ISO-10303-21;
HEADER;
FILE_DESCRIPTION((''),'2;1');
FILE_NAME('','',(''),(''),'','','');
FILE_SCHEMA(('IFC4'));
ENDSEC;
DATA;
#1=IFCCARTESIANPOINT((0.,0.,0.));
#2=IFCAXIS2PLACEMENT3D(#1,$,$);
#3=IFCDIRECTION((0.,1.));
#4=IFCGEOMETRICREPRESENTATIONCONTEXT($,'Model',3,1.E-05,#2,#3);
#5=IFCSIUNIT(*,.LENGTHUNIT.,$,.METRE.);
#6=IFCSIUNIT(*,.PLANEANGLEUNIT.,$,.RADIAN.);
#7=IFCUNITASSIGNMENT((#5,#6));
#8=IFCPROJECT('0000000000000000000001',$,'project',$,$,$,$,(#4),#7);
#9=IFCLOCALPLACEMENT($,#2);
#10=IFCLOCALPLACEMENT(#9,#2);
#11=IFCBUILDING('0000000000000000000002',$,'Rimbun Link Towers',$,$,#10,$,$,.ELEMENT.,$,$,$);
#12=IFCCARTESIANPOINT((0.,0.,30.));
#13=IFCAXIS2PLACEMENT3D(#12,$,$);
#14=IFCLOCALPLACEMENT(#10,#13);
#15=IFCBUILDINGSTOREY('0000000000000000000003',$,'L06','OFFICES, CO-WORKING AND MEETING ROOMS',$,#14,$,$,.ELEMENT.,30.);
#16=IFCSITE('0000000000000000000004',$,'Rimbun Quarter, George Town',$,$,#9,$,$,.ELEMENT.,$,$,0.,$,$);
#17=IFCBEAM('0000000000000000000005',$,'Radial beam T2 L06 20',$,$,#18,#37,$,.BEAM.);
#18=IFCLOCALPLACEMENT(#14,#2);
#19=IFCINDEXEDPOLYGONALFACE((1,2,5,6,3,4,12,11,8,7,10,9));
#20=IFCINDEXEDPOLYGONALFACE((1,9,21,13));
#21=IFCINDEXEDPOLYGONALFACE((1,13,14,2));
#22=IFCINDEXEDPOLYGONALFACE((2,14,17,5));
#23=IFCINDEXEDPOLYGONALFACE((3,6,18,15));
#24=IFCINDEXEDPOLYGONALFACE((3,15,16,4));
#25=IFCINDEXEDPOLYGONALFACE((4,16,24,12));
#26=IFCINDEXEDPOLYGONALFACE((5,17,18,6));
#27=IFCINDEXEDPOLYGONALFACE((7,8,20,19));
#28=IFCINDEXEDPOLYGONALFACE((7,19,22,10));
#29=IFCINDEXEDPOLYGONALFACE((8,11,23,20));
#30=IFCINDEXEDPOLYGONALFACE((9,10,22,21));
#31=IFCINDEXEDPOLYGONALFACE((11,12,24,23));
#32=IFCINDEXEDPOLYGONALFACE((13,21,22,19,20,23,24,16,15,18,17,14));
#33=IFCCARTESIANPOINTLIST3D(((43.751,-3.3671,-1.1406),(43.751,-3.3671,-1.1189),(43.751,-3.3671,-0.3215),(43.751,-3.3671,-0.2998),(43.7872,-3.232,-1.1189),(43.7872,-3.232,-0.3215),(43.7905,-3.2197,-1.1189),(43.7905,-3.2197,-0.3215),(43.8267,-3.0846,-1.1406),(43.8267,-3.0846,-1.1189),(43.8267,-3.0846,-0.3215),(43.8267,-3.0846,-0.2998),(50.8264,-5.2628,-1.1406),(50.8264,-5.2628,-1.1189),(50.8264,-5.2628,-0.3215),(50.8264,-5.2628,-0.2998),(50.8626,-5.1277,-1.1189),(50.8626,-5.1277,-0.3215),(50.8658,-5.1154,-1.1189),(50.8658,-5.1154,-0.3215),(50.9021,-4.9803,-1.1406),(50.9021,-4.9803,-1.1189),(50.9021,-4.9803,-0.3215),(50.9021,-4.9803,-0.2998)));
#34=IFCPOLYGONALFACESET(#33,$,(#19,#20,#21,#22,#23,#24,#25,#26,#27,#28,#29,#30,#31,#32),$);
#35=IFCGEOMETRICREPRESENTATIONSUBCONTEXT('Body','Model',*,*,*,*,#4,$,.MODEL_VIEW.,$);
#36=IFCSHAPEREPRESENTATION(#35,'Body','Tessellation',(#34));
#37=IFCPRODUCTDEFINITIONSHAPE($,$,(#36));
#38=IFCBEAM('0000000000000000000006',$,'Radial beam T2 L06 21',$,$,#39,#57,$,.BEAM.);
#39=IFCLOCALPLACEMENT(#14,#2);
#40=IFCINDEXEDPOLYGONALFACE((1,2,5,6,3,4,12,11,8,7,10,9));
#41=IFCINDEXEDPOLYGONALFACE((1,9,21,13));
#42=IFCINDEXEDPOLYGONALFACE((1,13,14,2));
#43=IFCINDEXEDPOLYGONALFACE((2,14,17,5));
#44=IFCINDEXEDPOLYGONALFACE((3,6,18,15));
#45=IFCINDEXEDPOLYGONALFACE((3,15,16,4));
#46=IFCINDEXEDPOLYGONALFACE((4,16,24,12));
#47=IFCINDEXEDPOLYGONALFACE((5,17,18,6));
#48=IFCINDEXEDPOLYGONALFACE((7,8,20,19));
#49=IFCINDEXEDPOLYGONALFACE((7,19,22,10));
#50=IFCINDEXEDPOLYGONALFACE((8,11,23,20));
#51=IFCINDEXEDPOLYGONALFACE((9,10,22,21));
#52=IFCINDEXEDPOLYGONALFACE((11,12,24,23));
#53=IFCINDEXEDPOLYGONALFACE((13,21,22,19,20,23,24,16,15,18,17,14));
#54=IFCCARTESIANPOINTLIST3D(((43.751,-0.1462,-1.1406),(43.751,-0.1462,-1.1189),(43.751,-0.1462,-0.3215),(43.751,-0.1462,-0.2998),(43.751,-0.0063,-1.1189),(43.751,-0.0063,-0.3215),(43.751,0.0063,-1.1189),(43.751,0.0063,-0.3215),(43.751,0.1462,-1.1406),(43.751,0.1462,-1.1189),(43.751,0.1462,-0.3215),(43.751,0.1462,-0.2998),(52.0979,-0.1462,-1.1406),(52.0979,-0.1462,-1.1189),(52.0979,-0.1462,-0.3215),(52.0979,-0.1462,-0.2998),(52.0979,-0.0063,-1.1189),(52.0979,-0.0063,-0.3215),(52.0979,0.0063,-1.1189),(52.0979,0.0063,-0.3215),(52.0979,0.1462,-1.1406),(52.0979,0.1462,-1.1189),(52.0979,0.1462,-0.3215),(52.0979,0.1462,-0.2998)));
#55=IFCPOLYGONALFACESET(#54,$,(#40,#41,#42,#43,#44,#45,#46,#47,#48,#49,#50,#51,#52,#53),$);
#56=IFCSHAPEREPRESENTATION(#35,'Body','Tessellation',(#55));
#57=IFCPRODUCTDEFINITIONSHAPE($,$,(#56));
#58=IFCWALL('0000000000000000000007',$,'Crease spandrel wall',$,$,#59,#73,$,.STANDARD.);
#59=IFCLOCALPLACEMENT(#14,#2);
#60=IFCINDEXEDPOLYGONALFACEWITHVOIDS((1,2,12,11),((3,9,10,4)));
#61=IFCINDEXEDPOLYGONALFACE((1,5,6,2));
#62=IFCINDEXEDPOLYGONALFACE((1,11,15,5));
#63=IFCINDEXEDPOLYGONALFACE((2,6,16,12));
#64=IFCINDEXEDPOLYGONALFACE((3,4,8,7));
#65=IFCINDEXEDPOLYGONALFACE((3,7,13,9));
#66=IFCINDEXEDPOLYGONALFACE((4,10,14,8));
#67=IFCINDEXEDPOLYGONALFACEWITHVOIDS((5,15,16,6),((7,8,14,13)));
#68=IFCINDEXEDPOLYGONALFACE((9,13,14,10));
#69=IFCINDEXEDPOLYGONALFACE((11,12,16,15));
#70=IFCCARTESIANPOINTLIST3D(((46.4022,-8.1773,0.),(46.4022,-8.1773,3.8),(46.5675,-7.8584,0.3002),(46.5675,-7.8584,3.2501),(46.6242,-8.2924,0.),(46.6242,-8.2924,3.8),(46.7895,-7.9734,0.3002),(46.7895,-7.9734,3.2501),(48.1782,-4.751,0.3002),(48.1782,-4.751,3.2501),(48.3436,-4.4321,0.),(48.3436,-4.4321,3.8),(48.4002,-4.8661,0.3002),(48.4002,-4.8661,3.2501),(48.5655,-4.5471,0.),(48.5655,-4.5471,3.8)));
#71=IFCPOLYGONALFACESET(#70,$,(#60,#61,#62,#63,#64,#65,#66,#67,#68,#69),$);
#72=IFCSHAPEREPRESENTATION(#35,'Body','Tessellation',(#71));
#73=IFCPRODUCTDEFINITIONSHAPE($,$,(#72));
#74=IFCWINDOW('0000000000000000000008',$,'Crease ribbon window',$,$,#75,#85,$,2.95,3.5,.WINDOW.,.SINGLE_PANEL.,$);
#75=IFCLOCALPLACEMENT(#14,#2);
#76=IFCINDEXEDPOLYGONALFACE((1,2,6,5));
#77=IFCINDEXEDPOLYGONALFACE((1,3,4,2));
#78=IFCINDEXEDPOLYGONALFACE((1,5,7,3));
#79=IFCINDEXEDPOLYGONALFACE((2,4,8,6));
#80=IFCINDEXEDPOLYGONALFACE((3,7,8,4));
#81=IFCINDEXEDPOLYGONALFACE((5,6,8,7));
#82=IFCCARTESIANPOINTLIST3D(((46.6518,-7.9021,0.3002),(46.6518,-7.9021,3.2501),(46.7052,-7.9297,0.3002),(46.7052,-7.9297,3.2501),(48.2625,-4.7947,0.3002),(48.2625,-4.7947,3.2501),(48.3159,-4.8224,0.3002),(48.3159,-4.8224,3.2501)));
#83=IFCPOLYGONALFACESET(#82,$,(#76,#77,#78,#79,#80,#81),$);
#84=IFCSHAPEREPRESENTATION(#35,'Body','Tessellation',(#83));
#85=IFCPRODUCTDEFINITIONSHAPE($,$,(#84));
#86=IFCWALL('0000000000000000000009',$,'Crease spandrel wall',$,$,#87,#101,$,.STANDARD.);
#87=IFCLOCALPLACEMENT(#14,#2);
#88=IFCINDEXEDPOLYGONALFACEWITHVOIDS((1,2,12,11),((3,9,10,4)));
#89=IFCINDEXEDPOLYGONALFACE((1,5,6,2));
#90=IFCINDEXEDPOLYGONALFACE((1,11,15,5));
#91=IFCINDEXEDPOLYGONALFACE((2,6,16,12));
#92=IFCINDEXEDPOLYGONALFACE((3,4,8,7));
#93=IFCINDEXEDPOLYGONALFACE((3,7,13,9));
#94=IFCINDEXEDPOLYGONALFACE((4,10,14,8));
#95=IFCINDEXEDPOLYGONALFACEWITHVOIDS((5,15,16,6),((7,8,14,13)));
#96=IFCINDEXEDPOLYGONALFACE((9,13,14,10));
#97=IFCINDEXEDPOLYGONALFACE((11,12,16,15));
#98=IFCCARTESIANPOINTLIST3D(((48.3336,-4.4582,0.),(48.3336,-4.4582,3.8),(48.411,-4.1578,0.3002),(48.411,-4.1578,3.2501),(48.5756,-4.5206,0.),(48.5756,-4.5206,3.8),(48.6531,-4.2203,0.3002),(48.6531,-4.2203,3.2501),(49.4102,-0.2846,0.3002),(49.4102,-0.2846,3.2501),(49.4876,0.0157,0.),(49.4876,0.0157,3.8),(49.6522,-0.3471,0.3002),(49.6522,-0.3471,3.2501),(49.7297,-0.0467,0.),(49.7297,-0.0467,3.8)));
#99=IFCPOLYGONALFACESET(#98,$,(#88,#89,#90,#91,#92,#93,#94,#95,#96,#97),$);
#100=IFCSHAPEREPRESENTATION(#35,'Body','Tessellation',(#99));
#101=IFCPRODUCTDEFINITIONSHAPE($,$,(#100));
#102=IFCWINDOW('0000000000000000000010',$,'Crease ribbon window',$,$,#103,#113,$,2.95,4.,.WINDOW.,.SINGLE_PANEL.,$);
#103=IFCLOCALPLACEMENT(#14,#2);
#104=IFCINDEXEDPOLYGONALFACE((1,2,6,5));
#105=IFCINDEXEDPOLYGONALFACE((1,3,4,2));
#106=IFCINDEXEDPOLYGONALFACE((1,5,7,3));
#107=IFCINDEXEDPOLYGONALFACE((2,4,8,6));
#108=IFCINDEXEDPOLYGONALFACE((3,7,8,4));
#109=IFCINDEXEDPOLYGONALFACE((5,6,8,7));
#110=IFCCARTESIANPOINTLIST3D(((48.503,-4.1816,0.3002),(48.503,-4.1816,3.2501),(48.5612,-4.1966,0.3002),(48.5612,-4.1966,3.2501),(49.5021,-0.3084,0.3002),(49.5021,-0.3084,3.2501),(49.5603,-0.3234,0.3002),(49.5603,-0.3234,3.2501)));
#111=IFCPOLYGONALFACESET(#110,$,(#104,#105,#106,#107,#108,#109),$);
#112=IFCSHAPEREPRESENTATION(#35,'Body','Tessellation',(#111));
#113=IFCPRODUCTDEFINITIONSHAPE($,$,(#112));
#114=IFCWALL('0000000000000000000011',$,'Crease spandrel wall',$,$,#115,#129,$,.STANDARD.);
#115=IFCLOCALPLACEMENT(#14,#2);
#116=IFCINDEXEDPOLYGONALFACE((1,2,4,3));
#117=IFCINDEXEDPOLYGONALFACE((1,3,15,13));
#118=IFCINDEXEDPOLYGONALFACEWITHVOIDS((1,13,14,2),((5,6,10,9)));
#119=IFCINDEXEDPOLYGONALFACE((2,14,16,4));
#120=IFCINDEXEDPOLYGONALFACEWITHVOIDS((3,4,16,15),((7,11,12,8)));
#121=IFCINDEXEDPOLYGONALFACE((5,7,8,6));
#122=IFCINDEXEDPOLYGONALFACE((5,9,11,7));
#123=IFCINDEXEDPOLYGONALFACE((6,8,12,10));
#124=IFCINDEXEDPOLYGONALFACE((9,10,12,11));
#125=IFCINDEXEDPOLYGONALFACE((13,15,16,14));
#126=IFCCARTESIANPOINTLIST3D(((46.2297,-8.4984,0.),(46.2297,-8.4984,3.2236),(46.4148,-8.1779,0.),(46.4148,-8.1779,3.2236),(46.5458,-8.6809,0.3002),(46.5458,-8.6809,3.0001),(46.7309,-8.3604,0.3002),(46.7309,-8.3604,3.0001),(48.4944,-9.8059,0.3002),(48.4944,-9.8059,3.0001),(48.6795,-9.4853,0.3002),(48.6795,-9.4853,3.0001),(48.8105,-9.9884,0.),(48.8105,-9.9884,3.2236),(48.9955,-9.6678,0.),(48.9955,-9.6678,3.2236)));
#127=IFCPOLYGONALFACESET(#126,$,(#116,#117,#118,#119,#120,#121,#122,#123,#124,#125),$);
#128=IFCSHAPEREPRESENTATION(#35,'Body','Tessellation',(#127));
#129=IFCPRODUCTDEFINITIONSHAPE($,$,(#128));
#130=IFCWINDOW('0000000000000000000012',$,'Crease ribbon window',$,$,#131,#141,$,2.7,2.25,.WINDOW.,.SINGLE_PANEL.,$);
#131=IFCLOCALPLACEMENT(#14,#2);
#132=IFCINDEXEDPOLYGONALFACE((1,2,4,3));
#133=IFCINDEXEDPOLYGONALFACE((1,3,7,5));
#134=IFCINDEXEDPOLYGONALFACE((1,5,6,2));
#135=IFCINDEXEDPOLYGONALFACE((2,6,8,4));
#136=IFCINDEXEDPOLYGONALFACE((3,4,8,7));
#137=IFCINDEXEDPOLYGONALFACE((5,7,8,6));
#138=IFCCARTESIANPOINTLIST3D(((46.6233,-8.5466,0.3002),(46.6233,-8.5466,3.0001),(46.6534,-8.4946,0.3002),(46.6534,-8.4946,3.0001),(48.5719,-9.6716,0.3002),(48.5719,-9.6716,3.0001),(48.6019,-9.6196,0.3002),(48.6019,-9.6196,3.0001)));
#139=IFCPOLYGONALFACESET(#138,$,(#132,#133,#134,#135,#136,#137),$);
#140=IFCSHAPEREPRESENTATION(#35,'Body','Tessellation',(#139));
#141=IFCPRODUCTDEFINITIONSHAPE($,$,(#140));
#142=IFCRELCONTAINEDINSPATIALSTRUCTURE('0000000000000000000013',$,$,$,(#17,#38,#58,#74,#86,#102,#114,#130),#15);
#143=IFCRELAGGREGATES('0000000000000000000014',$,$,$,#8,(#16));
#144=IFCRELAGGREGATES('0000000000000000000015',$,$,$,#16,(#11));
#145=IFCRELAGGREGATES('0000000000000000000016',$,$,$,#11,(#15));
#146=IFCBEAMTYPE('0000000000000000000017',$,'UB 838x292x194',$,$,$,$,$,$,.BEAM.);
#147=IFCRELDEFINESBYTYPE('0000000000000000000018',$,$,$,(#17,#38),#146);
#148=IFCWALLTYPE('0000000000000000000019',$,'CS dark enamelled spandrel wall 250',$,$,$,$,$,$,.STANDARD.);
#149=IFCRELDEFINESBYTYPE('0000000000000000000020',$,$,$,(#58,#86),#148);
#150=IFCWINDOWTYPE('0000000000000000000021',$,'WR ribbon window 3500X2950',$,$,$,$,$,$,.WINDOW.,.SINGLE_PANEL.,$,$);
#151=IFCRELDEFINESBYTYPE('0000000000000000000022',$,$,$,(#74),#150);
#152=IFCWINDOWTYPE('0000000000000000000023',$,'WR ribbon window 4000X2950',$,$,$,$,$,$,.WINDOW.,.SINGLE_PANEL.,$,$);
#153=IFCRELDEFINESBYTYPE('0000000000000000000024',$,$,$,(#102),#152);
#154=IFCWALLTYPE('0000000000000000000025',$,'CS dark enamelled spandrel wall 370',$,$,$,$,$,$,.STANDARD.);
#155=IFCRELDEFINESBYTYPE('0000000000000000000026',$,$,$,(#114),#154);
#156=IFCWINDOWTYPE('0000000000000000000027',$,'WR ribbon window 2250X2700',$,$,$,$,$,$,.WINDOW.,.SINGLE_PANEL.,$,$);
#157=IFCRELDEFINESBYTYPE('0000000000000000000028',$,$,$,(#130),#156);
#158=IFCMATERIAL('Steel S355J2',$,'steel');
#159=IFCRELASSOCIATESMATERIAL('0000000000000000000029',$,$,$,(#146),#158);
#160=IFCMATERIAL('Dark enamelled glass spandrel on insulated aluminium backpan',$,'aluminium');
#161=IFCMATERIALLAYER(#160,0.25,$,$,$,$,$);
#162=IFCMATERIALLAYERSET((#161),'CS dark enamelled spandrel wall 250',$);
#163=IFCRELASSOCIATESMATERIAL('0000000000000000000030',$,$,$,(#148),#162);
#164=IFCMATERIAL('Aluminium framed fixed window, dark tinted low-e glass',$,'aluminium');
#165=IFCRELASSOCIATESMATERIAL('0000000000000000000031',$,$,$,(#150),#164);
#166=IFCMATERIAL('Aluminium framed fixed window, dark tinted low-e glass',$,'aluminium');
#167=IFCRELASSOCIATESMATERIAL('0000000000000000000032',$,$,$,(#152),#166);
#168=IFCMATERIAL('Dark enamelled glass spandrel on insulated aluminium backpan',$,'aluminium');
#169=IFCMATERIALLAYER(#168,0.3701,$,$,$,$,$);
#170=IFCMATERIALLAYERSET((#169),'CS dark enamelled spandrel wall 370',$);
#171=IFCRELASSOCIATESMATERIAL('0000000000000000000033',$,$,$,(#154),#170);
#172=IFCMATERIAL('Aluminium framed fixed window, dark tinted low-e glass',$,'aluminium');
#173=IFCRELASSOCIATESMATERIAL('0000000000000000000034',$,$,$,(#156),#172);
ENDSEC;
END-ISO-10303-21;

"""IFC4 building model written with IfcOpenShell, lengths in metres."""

from ifc_helpers import new_model, si_unit, direction, frame, frame_2d, origin, origin_2d, place, context, subcontext, project, spatial, rectangle, i_section, extrude, material, layer, layer_set, material_profile, profile_set, type_object, element, fill, save


model = new_model("IFC4")

# Units and contexts
model_context = context("Model", 3, precision=1e-05, world=origin(), true_north=direction((0.0, 1.0)))
body_context = subcontext(model_context, "Body", "Model", "MODEL_VIEW")
ifc_project = project(units=[si_unit("LENGTHUNIT", "METRE"), si_unit("PLANEANGLEUNIT", "RADIAN")], contexts=[model_context])

# Site, building, storey
site_placement = place(None, origin())
site = spatial("IfcSite", under=ifc_project, at=site_placement, Name="Rimbun Quarter, George Town", CompositionType="ELEMENT", RefElevation=0.0)
building_placement = place(site_placement, origin())
building = spatial("IfcBuilding", under=site, at=building_placement, Name="Rimbun Link Towers", CompositionType="ELEMENT")
storey_placement = place(building_placement, frame((0.0, 0.0, 30.0)))
storey = spatial("IfcBuildingStorey", under=building, at=storey_placement, Name="L06", Description="OFFICES, CO-WORKING AND MEETING ROOMS", CompositionType="ELEMENT", Elevation=30.0)

# Beams
ifc_material_1 = material(Name="Steel S355J2", Category="steel")
ifc_material_profile_1 = material_profile(ifc_material_1, i_section(OverallWidth=0.2925, OverallDepth=0.8408, WebThickness=0.0127, FlangeThickness=0.0217, at=origin_2d()), Name="UB 838x292x194")
ifc_profile_set_1 = profile_set([ifc_material_profile_1], Name="Steel S355J2")
beam_type_1 = type_object("IfcBeamType", Name="UB 838x292x194", PredefinedType="BEAM", material=ifc_profile_set_1)
beam_1_placement = place(storey_placement, frame((43.7888, -3.2258, -0.7202), z_axis=(0.965929, -0.258806, 0.0), x_axis=(0.258806, 0.965929, 0.0)))
element("IfcBeam", 1, at=beam_1_placement, inside=storey, type_object=beam_type_1, Name="Radial beam T2 L06 20", PredefinedType="BEAM", context=body_context, shape_type="SweptSolid", body=[
    extrude(i_section(OverallWidth=0.2925, OverallDepth=0.8408, WebThickness=0.0127, FlangeThickness=0.0217, at=origin_2d()), origin(), (0.0, 0.0, 1.0), 7.325),
])
beam_2_placement = place(storey_placement, frame((43.751, 0.0, -0.7202), z_axis=(1.0, 0.0, 0.0), x_axis=(0.0, 1.0, 0.0)))
element("IfcBeam", 2, at=beam_2_placement, inside=storey, type_object=beam_type_1, Name="Radial beam T2 L06 21", PredefinedType="BEAM", context=body_context, shape_type="SweptSolid", body=[
    extrude(i_section(OverallWidth=0.2925, OverallDepth=0.8408, WebThickness=0.0127, FlangeThickness=0.0217, at=origin_2d()), origin(), (0.0, 0.0, 1.0), 8.3469),
])

# Walls, openings, windows
ifc_material_2 = material(Name="Dark enamelled glass spandrel on insulated aluminium backpan", Category="aluminium")
ifc_layer_1 = layer(ifc_material_2, 0.25)
ifc_layer_set_1 = layer_set([ifc_layer_1], Name="CS dark enamelled spandrel wall 250")
wall_type_1 = type_object("IfcWallType", Name="CS dark enamelled spandrel wall 250", PredefinedType="STANDARD", material=ifc_layer_set_1)
wall_1_placement = place(storey_placement, frame((48.4546, -4.4895, 0.0), z_axis=(0.0, 0.0, 1.0), x_axis=(-0.460199, -0.887816, 0.0)))
wall_1 = element("IfcWall", 3, at=wall_1_placement, inside=storey, type_object=wall_type_1, Name="Crease spandrel wall", PredefinedType="STANDARD", context=body_context, shape_type="SweptSolid", body=[
    extrude(rectangle(XDim=4.2185, YDim=0.25, at=frame_2d((2.1094, 0.0))), origin(), (0.0, 0.0, 1.0), 3.8),
])
opening_1_placement = place(wall_1_placement, frame((0.3594, 0.0, 0.3)))
opening_1 = element("IfcOpeningElement", 4, at=opening_1_placement, cuts=wall_1, PredefinedType="OPENING", context=body_context, shape_type="SweptSolid", body=[
    extrude(rectangle(XDim=3.5, YDim=2.95, at=frame_2d((1.75, 1.4751))), frame((0.0, 0.135, 0.0), z_axis=(0.0, -1.0, 0.0), x_axis=(1.0, 0.0, 0.0)), (0.0, 0.0, 1.0), 0.27),
])
ifc_material_3 = material(Name="Aluminium framed fixed window, dark tinted low-e glass", Category="aluminium")
window_type_1 = type_object("IfcWindowType", Name="WR ribbon window 3500X2950", PartitioningType="SINGLE_PANEL", PredefinedType="WINDOW", material=ifc_material_3)
window_1_placement = place(opening_1_placement, origin())
window_1 = element("IfcWindow", 5, at=window_1_placement, inside=storey, type_object=window_type_1, Name="Crease ribbon window", OverallHeight=2.95, OverallWidth=3.5, PartitioningType="SINGLE_PANEL", PredefinedType="WINDOW", context=body_context, shape_type="SweptSolid", body=[
    extrude(rectangle(XDim=3.5, YDim=2.95, at=frame_2d((1.75, 1.4751))), frame((0.0, 0.03, 0.0), z_axis=(0.0, -1.0, 0.0), x_axis=(1.0, 0.0, 0.0)), (0.0, 0.0, 1.0), 0.0601),
])
fill(opening_1, window_1)
wall_2_placement = place(storey_placement, frame((49.6086, -0.0156, 0.0), z_axis=(0.0, 0.0, 1.0), x_axis=(-0.249777, -0.968303, 0.0)))
wall_2 = element("IfcWall", 6, at=wall_2_placement, inside=storey, type_object=wall_type_1, Name="Crease spandrel wall", PredefinedType="STANDARD", context=body_context, shape_type="SweptSolid", body=[
    extrude(rectangle(XDim=4.6204, YDim=0.25, at=frame_2d((2.3101, 0.0))), origin(), (0.0, 0.0, 1.0), 3.8),
])
opening_2_placement = place(wall_2_placement, frame((0.3101, 0.0, 0.3)))
opening_2 = element("IfcOpeningElement", 7, at=opening_2_placement, cuts=wall_2, PredefinedType="OPENING", context=body_context, shape_type="SweptSolid", body=[
    extrude(rectangle(XDim=4.0, YDim=2.95, at=frame_2d((2.0, 1.4751))), frame((0.0, 0.135, 0.0), z_axis=(0.0, -1.0, 0.0), x_axis=(1.0, 0.0, 0.0)), (0.0, 0.0, 1.0), 0.27),
])
ifc_material_4 = material(Name="Aluminium framed fixed window, dark tinted low-e glass", Category="aluminium")
window_type_2 = type_object("IfcWindowType", Name="WR ribbon window 4000X2950", PartitioningType="SINGLE_PANEL", PredefinedType="WINDOW", material=ifc_material_4)
window_2_placement = place(opening_2_placement, origin())
window_2 = element("IfcWindow", 8, at=window_2_placement, inside=storey, type_object=window_type_2, Name="Crease ribbon window", OverallHeight=2.95, OverallWidth=4.0, PartitioningType="SINGLE_PANEL", PredefinedType="WINDOW", context=body_context, shape_type="SweptSolid", body=[
    extrude(rectangle(XDim=4.0, YDim=2.95, at=frame_2d((2.0, 1.4751))), frame((0.0, 0.03, 0.0), z_axis=(0.0, -1.0, 0.0), x_axis=(1.0, 0.0, 0.0)), (0.0, 0.0, 1.0), 0.0601),
])
fill(opening_2, window_2)
ifc_material_5 = material(Name="Dark enamelled glass spandrel on insulated aluminium backpan", Category="aluminium")
ifc_layer_2 = layer(ifc_material_5, 0.3701)
ifc_layer_set_2 = layer_set([ifc_layer_2], Name="CS dark enamelled spandrel wall 370")
wall_type_2 = type_object("IfcWallType", Name="CS dark enamelled spandrel wall 370", PredefinedType="STANDARD", material=ifc_layer_set_2)
wall_3_placement = place(storey_placement, frame((46.3223, -8.3381, 0.0), z_axis=(0.0, 0.0, 1.0), x_axis=(0.866031, -0.49999, 0.0)))
wall_3 = element("IfcWall", 9, at=wall_3_placement, inside=storey, type_object=wall_type_2, Name="Crease spandrel wall", PredefinedType="STANDARD", context=body_context, shape_type="SweptSolid", body=[
    extrude(rectangle(XDim=2.98, YDim=0.3701, at=frame_2d((1.49, 0.0))), origin(), (0.0, 0.0, 1.0), 3.2236),
])
opening_3_placement = place(wall_3_placement, frame((0.365, 0.0, 0.3)))
opening_3 = element("IfcOpeningElement", 10, at=opening_3_placement, cuts=wall_3, PredefinedType="OPENING", context=body_context, shape_type="SweptSolid", body=[
    extrude(rectangle(XDim=2.25, YDim=2.7, at=frame_2d((1.125, 1.3501))), frame((0.0, 0.1951, 0.0), z_axis=(0.0, -1.0, 0.0), x_axis=(1.0, 0.0, 0.0)), (0.0, 0.0, 1.0), 0.3901),
])
ifc_material_6 = material(Name="Aluminium framed fixed window, dark tinted low-e glass", Category="aluminium")
window_type_3 = type_object("IfcWindowType", Name="WR ribbon window 2250X2700", PartitioningType="SINGLE_PANEL", PredefinedType="WINDOW", material=ifc_material_6)
window_3_placement = place(opening_3_placement, origin())
window_3 = element("IfcWindow", 11, at=window_3_placement, inside=storey, type_object=window_type_3, Name="Crease ribbon window", OverallHeight=2.7, OverallWidth=2.25, PartitioningType="SINGLE_PANEL", PredefinedType="WINDOW", context=body_context, shape_type="SweptSolid", body=[
    extrude(rectangle(XDim=2.25, YDim=2.7, at=frame_2d((1.125, 1.3501))), frame((0.0, 0.03, 0.0), z_axis=(0.0, -1.0, 0.0), x_axis=(1.0, 0.0, 0.0)), (0.0, 0.0, 1.0), 0.0601),
])
fill(opening_3, window_3)

save(model, "model.ifc")
